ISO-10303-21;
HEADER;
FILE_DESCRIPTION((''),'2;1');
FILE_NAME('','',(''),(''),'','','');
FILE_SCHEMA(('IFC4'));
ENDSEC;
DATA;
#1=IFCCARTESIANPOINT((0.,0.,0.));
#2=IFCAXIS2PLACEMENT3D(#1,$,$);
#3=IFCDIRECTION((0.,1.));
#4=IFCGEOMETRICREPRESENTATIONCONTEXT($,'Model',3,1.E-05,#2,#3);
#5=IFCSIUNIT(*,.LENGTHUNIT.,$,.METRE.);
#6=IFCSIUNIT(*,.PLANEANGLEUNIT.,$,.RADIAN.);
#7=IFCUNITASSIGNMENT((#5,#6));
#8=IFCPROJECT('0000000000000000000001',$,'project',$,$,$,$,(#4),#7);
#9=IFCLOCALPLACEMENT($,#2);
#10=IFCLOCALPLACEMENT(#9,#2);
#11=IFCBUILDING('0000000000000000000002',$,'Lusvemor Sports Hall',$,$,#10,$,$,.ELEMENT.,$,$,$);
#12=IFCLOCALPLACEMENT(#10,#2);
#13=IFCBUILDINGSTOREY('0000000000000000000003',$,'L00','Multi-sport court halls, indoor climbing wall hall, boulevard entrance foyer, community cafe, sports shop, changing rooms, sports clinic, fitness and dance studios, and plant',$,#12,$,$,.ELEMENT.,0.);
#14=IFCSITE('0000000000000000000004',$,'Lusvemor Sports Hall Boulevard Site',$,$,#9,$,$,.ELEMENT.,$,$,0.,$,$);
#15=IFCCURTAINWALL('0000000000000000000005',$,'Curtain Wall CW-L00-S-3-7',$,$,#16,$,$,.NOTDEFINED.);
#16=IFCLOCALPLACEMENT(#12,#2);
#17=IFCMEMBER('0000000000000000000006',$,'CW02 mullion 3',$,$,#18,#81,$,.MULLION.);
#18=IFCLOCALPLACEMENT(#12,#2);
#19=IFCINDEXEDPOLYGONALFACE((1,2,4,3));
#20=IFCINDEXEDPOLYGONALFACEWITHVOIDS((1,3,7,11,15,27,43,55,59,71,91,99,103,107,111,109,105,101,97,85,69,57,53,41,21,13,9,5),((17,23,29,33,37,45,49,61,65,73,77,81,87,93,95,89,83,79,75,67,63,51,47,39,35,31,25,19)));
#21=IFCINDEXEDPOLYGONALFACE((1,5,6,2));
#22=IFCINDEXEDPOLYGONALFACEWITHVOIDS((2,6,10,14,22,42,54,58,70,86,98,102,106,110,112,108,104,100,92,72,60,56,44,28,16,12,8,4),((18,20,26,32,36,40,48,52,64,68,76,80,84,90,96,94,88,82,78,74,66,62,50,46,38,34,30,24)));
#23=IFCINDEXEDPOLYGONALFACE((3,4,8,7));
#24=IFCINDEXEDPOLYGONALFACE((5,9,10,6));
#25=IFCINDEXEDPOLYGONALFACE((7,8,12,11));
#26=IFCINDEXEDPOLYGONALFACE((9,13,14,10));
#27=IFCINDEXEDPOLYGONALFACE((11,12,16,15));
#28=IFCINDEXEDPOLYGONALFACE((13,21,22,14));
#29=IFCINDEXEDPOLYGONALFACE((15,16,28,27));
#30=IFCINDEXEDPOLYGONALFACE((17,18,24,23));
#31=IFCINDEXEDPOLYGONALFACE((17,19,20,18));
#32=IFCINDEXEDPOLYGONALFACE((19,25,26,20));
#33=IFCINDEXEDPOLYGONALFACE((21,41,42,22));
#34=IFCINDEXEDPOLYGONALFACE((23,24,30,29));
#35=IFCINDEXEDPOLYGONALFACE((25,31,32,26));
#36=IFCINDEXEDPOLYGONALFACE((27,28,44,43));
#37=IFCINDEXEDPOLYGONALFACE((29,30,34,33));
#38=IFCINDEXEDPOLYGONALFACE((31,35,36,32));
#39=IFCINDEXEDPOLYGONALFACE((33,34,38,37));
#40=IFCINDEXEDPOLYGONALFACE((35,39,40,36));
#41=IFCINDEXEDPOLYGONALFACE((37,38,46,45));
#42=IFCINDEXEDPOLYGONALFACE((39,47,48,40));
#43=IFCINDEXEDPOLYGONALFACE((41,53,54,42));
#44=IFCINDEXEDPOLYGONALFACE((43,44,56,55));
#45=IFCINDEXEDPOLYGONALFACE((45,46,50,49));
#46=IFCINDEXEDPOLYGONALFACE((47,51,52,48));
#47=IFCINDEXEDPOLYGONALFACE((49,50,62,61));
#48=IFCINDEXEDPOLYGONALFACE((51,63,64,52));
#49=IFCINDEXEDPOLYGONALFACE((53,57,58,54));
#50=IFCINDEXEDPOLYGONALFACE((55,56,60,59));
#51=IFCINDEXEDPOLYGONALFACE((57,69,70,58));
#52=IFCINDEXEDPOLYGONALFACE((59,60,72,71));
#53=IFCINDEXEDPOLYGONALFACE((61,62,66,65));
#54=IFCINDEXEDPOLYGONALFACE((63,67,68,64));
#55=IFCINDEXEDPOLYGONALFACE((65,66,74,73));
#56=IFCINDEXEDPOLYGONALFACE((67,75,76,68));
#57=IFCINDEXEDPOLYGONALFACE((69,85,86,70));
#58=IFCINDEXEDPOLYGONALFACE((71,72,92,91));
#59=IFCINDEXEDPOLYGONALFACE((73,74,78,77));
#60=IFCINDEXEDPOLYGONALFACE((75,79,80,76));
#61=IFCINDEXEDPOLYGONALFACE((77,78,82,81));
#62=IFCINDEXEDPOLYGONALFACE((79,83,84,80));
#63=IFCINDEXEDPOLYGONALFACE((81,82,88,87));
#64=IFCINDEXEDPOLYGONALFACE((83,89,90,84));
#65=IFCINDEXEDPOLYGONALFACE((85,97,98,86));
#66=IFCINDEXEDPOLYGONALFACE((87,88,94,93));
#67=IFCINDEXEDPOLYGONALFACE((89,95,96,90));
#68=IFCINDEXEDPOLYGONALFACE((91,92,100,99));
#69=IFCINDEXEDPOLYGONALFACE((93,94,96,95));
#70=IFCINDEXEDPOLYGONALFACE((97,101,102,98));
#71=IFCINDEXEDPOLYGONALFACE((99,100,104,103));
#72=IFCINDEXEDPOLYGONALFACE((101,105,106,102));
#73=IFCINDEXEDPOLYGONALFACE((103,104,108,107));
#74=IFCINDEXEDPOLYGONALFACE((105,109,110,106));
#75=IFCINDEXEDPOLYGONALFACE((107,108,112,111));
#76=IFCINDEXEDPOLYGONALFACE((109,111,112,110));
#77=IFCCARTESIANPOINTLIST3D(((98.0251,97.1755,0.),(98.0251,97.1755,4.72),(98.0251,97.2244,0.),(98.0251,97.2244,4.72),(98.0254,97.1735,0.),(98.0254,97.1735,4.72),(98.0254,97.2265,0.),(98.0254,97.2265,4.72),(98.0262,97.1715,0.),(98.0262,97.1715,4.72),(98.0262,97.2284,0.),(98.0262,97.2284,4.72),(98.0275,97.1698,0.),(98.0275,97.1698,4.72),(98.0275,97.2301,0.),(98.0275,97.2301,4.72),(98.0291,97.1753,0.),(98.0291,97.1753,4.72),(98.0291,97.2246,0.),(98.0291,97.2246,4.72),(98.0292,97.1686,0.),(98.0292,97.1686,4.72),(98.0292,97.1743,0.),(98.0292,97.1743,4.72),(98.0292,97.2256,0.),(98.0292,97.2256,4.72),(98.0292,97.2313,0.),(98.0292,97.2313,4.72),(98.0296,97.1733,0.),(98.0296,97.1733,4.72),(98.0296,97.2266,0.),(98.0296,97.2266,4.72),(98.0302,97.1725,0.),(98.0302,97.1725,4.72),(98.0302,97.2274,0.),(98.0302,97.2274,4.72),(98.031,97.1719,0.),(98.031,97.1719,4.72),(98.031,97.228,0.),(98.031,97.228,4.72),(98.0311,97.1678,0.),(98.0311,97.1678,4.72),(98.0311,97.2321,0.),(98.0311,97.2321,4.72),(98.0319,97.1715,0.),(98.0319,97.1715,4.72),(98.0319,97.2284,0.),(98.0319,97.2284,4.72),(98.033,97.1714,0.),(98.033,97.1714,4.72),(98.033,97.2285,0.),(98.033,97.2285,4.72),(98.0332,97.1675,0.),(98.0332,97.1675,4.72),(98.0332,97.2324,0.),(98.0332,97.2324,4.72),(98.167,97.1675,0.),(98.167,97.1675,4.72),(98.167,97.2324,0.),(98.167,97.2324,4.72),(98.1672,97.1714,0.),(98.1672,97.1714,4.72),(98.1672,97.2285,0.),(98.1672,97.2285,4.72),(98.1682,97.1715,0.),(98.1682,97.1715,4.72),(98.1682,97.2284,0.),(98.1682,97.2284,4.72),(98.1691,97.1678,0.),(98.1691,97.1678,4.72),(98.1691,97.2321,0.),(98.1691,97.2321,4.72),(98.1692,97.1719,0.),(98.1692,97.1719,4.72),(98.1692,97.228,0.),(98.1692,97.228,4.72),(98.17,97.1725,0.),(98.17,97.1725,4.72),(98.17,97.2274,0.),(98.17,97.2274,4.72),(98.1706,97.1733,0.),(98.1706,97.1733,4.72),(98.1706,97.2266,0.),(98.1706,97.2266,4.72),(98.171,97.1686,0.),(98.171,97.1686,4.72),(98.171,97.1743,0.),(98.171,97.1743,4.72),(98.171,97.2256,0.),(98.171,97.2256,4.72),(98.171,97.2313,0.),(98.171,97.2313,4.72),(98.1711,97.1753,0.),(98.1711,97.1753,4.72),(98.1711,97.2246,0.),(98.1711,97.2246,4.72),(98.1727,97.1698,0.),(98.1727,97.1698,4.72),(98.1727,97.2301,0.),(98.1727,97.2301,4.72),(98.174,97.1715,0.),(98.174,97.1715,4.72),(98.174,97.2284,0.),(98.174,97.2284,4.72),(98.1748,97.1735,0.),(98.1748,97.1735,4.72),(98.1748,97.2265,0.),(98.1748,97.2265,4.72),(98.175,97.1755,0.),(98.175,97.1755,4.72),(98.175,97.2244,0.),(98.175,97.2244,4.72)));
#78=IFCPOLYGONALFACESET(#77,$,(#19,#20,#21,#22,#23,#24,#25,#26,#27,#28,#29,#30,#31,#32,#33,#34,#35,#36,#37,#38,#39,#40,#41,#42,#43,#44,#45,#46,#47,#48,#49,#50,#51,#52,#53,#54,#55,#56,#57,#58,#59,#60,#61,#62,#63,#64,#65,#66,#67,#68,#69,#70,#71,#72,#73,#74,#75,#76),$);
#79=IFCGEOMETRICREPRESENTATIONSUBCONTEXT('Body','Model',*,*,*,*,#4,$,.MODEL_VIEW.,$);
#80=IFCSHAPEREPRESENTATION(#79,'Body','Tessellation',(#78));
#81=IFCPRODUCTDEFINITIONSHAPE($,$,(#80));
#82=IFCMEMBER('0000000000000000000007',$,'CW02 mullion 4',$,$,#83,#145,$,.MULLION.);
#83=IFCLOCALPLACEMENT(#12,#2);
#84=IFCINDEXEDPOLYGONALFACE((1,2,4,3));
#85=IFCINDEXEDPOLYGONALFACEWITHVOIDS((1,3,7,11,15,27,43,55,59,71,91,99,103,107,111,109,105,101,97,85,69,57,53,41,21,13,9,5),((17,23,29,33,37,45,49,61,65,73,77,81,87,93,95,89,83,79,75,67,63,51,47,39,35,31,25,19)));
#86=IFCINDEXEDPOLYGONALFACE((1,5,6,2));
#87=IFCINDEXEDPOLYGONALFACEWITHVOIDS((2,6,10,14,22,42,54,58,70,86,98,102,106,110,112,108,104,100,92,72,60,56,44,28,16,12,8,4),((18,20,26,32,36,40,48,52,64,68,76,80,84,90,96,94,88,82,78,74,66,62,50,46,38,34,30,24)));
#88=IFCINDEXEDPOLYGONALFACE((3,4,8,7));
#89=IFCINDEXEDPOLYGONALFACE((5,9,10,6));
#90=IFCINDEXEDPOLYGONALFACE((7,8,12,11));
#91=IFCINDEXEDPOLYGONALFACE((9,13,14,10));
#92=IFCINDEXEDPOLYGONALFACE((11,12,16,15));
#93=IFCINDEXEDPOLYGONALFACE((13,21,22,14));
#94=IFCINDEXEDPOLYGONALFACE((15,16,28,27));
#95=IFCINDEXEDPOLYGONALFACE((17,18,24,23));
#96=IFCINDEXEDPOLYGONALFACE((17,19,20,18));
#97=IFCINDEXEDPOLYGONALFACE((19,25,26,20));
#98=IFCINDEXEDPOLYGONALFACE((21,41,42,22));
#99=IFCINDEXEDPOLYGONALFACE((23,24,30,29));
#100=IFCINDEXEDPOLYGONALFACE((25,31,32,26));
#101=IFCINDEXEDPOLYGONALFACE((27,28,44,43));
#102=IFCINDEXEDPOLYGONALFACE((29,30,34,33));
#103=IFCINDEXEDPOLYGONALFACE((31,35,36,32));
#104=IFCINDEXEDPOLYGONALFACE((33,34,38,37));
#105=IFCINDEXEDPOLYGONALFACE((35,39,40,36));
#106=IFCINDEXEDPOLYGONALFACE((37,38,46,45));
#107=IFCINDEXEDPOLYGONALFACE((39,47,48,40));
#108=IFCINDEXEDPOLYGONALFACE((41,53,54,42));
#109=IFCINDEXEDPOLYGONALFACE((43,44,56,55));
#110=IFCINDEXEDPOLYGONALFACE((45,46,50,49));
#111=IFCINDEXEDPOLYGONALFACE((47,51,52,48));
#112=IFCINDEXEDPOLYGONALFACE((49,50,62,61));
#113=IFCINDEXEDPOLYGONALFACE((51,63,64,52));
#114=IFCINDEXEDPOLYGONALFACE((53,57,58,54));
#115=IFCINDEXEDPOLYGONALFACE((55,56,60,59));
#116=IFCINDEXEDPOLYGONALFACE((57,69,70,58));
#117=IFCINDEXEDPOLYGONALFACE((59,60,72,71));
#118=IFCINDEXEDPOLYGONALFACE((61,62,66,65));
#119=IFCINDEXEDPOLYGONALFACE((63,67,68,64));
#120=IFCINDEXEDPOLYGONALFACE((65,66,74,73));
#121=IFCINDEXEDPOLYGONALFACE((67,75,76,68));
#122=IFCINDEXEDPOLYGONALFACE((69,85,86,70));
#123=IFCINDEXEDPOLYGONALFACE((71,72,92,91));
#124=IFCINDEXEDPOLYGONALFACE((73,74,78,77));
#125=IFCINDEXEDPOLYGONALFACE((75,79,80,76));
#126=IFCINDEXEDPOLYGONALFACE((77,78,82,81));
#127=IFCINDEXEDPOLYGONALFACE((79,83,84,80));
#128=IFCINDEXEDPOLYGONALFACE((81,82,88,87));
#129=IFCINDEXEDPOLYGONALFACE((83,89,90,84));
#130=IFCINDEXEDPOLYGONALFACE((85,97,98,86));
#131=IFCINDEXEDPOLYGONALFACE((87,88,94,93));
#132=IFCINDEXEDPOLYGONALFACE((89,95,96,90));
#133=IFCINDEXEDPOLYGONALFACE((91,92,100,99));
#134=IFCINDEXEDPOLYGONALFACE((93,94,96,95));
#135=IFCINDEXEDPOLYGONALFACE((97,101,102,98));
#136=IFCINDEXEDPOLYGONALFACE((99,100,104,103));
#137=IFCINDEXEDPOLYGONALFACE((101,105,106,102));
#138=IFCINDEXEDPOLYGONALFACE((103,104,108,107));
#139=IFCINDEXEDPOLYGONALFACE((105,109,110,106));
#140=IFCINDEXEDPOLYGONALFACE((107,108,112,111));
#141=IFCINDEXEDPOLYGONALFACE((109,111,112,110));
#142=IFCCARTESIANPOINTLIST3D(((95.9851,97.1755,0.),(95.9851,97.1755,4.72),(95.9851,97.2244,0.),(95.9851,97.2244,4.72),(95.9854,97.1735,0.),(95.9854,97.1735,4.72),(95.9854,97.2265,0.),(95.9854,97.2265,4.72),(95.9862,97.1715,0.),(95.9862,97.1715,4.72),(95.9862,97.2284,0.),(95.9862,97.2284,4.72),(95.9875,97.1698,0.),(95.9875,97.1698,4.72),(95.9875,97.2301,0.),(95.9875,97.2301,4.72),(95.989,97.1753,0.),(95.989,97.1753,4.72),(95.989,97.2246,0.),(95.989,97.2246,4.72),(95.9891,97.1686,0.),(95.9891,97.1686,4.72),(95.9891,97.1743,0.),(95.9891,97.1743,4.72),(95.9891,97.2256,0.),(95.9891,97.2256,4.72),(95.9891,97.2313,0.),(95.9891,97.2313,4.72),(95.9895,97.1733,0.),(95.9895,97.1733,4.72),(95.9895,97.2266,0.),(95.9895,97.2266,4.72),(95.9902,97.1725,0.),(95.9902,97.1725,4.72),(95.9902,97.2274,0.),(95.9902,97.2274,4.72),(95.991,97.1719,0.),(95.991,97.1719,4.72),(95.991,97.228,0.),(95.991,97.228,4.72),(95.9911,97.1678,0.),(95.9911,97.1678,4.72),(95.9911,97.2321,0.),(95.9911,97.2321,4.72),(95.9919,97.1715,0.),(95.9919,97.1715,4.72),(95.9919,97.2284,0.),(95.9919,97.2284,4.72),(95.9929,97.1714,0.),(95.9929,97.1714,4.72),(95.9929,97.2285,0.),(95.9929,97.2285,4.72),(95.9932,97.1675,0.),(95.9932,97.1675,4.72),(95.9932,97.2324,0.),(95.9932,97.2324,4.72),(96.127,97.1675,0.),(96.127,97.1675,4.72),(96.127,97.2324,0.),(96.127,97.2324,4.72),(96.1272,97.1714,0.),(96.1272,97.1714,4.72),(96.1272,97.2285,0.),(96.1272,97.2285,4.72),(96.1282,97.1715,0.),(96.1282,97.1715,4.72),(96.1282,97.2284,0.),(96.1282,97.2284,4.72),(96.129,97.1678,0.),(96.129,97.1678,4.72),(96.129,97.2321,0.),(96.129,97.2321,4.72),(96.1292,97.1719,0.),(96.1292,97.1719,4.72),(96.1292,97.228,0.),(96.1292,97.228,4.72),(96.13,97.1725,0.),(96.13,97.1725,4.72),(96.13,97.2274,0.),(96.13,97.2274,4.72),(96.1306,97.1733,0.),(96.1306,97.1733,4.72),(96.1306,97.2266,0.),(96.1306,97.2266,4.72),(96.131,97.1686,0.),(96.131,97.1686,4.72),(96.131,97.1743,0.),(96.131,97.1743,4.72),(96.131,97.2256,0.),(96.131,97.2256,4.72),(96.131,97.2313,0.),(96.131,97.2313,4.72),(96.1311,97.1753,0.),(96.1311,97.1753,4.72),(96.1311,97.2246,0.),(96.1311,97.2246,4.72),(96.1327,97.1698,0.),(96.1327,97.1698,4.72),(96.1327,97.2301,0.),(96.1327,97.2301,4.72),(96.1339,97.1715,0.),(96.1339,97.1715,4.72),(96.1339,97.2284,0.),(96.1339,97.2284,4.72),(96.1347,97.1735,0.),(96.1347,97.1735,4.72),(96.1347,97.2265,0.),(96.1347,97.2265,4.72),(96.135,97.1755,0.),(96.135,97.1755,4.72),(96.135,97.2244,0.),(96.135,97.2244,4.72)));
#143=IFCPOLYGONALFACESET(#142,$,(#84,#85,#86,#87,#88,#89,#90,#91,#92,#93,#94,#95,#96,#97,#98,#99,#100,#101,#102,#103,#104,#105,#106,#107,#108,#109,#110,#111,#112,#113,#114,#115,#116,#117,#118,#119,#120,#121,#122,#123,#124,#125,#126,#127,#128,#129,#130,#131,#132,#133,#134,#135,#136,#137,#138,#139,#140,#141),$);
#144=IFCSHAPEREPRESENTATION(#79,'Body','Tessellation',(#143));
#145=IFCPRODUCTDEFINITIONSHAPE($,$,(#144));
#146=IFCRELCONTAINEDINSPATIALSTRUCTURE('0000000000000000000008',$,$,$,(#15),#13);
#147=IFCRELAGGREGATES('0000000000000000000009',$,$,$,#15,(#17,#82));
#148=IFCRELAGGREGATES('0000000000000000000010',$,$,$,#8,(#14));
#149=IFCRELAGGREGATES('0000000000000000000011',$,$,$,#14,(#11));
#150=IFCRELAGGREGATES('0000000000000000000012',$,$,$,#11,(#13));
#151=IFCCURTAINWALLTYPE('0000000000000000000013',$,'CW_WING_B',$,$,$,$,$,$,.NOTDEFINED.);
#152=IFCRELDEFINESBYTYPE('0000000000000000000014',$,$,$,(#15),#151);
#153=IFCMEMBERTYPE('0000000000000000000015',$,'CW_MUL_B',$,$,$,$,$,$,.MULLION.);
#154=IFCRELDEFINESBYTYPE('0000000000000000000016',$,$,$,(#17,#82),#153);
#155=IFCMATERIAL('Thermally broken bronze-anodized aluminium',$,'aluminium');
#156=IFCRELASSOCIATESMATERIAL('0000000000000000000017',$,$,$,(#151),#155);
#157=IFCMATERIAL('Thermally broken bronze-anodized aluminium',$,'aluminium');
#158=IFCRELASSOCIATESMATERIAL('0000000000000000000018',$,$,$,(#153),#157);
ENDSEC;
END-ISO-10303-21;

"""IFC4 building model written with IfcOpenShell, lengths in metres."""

from ifc_helpers import new_model, si_unit, direction, frame, origin, origin_2d, place, context, subcontext, project, spatial, hollow_rectangle, extrude, material, material_profile, profile_set, type_object, element, aggregate, save


model = new_model("IFC4")

# Units and contexts
model_context = context("Model", 3, precision=1e-05, world=origin(), true_north=direction((0.0, 1.0)))
body_context = subcontext(model_context, "Body", "Model", "MODEL_VIEW")
ifc_project = project(units=[si_unit("LENGTHUNIT", "METRE"), si_unit("PLANEANGLEUNIT", "RADIAN")], contexts=[model_context])

# Site, building, storey
site_placement = place(None, origin())
site = spatial("IfcSite", under=ifc_project, at=site_placement, Name="Lusvemor Sports Hall Boulevard Site", CompositionType="ELEMENT", RefElevation=0.0)
building_placement = place(site_placement, origin())
building = spatial("IfcBuilding", under=site, at=building_placement, Name="Lusvemor Sports Hall", CompositionType="ELEMENT")
storey_placement = place(building_placement, origin())
storey = spatial("IfcBuildingStorey", under=building, at=storey_placement, Name="L00", Description="Multi-sport court halls, indoor climbing wall hall, boulevard entrance foyer, community cafe, sports shop, changing rooms, sports clinic, fitness and dance studios, and plant", CompositionType="ELEMENT", Elevation=0.0)

# Curtain wall, members
ifc_material_1 = material(Name="Thermally broken bronze-anodized aluminium", Category="aluminium")
curtain_wall_type = type_object("IfcCurtainWallType", Name="CW_WING_B", PredefinedType="NOTDEFINED", material=ifc_material_1)
curtain_wall_placement = place(storey_placement, origin())
curtain_wall = element("IfcCurtainWall", 1, at=curtain_wall_placement, inside=storey, type_object=curtain_wall_type, Name="Curtain Wall CW-L00-S-3-7", PredefinedType="NOTDEFINED")
ifc_material_2 = material(Name="Thermally broken bronze-anodized aluminium", Category="aluminium")
ifc_material_profile_1 = material_profile(ifc_material_2, hollow_rectangle(XDim=0.0649, YDim=0.1499, WallThickness=0.0039, InnerFilletRadius=0.0039, OuterFilletRadius=0.0081, at=origin_2d()), Name="CWMUL150x65x4")
ifc_profile_set_1 = profile_set([ifc_material_profile_1], Name="Thermally broken bronze-anodized aluminium")
member_type_1 = type_object("IfcMemberType", Name="CW_MUL_B", PredefinedType="MULLION", material=ifc_profile_set_1)
member_1_placement = place(storey_placement, frame((98.1001, 97.2, 0.0), z_axis=(0.0, 0.0, 1.0), x_axis=(0.0, -1.0, 0.0)))
member_1 = element("IfcMember", 2, at=member_1_placement, type_object=member_type_1, Name="CW02 mullion 3", PredefinedType="MULLION", context=body_context, shape_type="SweptSolid", body=[
    extrude(hollow_rectangle(XDim=0.0649, YDim=0.1499, WallThickness=0.0039, InnerFilletRadius=0.0039, OuterFilletRadius=0.0081, at=origin_2d()), origin(), (0.0, 0.0, 1.0), 4.72),
])
member_2_placement = place(storey_placement, frame((96.0601, 97.2, 0.0), z_axis=(0.0, 0.0, 1.0), x_axis=(0.0, -1.0, 0.0)))
member_2 = element("IfcMember", 3, at=member_2_placement, type_object=member_type_1, Name="CW02 mullion 4", PredefinedType="MULLION", context=body_context, shape_type="SweptSolid", body=[
    extrude(hollow_rectangle(XDim=0.0649, YDim=0.1499, WallThickness=0.0039, InnerFilletRadius=0.0039, OuterFilletRadius=0.0081, at=origin_2d()), origin(), (0.0, 0.0, 1.0), 4.72),
])
aggregate(curtain_wall, [member_1, member_2])

save(model, "model.ifc")
